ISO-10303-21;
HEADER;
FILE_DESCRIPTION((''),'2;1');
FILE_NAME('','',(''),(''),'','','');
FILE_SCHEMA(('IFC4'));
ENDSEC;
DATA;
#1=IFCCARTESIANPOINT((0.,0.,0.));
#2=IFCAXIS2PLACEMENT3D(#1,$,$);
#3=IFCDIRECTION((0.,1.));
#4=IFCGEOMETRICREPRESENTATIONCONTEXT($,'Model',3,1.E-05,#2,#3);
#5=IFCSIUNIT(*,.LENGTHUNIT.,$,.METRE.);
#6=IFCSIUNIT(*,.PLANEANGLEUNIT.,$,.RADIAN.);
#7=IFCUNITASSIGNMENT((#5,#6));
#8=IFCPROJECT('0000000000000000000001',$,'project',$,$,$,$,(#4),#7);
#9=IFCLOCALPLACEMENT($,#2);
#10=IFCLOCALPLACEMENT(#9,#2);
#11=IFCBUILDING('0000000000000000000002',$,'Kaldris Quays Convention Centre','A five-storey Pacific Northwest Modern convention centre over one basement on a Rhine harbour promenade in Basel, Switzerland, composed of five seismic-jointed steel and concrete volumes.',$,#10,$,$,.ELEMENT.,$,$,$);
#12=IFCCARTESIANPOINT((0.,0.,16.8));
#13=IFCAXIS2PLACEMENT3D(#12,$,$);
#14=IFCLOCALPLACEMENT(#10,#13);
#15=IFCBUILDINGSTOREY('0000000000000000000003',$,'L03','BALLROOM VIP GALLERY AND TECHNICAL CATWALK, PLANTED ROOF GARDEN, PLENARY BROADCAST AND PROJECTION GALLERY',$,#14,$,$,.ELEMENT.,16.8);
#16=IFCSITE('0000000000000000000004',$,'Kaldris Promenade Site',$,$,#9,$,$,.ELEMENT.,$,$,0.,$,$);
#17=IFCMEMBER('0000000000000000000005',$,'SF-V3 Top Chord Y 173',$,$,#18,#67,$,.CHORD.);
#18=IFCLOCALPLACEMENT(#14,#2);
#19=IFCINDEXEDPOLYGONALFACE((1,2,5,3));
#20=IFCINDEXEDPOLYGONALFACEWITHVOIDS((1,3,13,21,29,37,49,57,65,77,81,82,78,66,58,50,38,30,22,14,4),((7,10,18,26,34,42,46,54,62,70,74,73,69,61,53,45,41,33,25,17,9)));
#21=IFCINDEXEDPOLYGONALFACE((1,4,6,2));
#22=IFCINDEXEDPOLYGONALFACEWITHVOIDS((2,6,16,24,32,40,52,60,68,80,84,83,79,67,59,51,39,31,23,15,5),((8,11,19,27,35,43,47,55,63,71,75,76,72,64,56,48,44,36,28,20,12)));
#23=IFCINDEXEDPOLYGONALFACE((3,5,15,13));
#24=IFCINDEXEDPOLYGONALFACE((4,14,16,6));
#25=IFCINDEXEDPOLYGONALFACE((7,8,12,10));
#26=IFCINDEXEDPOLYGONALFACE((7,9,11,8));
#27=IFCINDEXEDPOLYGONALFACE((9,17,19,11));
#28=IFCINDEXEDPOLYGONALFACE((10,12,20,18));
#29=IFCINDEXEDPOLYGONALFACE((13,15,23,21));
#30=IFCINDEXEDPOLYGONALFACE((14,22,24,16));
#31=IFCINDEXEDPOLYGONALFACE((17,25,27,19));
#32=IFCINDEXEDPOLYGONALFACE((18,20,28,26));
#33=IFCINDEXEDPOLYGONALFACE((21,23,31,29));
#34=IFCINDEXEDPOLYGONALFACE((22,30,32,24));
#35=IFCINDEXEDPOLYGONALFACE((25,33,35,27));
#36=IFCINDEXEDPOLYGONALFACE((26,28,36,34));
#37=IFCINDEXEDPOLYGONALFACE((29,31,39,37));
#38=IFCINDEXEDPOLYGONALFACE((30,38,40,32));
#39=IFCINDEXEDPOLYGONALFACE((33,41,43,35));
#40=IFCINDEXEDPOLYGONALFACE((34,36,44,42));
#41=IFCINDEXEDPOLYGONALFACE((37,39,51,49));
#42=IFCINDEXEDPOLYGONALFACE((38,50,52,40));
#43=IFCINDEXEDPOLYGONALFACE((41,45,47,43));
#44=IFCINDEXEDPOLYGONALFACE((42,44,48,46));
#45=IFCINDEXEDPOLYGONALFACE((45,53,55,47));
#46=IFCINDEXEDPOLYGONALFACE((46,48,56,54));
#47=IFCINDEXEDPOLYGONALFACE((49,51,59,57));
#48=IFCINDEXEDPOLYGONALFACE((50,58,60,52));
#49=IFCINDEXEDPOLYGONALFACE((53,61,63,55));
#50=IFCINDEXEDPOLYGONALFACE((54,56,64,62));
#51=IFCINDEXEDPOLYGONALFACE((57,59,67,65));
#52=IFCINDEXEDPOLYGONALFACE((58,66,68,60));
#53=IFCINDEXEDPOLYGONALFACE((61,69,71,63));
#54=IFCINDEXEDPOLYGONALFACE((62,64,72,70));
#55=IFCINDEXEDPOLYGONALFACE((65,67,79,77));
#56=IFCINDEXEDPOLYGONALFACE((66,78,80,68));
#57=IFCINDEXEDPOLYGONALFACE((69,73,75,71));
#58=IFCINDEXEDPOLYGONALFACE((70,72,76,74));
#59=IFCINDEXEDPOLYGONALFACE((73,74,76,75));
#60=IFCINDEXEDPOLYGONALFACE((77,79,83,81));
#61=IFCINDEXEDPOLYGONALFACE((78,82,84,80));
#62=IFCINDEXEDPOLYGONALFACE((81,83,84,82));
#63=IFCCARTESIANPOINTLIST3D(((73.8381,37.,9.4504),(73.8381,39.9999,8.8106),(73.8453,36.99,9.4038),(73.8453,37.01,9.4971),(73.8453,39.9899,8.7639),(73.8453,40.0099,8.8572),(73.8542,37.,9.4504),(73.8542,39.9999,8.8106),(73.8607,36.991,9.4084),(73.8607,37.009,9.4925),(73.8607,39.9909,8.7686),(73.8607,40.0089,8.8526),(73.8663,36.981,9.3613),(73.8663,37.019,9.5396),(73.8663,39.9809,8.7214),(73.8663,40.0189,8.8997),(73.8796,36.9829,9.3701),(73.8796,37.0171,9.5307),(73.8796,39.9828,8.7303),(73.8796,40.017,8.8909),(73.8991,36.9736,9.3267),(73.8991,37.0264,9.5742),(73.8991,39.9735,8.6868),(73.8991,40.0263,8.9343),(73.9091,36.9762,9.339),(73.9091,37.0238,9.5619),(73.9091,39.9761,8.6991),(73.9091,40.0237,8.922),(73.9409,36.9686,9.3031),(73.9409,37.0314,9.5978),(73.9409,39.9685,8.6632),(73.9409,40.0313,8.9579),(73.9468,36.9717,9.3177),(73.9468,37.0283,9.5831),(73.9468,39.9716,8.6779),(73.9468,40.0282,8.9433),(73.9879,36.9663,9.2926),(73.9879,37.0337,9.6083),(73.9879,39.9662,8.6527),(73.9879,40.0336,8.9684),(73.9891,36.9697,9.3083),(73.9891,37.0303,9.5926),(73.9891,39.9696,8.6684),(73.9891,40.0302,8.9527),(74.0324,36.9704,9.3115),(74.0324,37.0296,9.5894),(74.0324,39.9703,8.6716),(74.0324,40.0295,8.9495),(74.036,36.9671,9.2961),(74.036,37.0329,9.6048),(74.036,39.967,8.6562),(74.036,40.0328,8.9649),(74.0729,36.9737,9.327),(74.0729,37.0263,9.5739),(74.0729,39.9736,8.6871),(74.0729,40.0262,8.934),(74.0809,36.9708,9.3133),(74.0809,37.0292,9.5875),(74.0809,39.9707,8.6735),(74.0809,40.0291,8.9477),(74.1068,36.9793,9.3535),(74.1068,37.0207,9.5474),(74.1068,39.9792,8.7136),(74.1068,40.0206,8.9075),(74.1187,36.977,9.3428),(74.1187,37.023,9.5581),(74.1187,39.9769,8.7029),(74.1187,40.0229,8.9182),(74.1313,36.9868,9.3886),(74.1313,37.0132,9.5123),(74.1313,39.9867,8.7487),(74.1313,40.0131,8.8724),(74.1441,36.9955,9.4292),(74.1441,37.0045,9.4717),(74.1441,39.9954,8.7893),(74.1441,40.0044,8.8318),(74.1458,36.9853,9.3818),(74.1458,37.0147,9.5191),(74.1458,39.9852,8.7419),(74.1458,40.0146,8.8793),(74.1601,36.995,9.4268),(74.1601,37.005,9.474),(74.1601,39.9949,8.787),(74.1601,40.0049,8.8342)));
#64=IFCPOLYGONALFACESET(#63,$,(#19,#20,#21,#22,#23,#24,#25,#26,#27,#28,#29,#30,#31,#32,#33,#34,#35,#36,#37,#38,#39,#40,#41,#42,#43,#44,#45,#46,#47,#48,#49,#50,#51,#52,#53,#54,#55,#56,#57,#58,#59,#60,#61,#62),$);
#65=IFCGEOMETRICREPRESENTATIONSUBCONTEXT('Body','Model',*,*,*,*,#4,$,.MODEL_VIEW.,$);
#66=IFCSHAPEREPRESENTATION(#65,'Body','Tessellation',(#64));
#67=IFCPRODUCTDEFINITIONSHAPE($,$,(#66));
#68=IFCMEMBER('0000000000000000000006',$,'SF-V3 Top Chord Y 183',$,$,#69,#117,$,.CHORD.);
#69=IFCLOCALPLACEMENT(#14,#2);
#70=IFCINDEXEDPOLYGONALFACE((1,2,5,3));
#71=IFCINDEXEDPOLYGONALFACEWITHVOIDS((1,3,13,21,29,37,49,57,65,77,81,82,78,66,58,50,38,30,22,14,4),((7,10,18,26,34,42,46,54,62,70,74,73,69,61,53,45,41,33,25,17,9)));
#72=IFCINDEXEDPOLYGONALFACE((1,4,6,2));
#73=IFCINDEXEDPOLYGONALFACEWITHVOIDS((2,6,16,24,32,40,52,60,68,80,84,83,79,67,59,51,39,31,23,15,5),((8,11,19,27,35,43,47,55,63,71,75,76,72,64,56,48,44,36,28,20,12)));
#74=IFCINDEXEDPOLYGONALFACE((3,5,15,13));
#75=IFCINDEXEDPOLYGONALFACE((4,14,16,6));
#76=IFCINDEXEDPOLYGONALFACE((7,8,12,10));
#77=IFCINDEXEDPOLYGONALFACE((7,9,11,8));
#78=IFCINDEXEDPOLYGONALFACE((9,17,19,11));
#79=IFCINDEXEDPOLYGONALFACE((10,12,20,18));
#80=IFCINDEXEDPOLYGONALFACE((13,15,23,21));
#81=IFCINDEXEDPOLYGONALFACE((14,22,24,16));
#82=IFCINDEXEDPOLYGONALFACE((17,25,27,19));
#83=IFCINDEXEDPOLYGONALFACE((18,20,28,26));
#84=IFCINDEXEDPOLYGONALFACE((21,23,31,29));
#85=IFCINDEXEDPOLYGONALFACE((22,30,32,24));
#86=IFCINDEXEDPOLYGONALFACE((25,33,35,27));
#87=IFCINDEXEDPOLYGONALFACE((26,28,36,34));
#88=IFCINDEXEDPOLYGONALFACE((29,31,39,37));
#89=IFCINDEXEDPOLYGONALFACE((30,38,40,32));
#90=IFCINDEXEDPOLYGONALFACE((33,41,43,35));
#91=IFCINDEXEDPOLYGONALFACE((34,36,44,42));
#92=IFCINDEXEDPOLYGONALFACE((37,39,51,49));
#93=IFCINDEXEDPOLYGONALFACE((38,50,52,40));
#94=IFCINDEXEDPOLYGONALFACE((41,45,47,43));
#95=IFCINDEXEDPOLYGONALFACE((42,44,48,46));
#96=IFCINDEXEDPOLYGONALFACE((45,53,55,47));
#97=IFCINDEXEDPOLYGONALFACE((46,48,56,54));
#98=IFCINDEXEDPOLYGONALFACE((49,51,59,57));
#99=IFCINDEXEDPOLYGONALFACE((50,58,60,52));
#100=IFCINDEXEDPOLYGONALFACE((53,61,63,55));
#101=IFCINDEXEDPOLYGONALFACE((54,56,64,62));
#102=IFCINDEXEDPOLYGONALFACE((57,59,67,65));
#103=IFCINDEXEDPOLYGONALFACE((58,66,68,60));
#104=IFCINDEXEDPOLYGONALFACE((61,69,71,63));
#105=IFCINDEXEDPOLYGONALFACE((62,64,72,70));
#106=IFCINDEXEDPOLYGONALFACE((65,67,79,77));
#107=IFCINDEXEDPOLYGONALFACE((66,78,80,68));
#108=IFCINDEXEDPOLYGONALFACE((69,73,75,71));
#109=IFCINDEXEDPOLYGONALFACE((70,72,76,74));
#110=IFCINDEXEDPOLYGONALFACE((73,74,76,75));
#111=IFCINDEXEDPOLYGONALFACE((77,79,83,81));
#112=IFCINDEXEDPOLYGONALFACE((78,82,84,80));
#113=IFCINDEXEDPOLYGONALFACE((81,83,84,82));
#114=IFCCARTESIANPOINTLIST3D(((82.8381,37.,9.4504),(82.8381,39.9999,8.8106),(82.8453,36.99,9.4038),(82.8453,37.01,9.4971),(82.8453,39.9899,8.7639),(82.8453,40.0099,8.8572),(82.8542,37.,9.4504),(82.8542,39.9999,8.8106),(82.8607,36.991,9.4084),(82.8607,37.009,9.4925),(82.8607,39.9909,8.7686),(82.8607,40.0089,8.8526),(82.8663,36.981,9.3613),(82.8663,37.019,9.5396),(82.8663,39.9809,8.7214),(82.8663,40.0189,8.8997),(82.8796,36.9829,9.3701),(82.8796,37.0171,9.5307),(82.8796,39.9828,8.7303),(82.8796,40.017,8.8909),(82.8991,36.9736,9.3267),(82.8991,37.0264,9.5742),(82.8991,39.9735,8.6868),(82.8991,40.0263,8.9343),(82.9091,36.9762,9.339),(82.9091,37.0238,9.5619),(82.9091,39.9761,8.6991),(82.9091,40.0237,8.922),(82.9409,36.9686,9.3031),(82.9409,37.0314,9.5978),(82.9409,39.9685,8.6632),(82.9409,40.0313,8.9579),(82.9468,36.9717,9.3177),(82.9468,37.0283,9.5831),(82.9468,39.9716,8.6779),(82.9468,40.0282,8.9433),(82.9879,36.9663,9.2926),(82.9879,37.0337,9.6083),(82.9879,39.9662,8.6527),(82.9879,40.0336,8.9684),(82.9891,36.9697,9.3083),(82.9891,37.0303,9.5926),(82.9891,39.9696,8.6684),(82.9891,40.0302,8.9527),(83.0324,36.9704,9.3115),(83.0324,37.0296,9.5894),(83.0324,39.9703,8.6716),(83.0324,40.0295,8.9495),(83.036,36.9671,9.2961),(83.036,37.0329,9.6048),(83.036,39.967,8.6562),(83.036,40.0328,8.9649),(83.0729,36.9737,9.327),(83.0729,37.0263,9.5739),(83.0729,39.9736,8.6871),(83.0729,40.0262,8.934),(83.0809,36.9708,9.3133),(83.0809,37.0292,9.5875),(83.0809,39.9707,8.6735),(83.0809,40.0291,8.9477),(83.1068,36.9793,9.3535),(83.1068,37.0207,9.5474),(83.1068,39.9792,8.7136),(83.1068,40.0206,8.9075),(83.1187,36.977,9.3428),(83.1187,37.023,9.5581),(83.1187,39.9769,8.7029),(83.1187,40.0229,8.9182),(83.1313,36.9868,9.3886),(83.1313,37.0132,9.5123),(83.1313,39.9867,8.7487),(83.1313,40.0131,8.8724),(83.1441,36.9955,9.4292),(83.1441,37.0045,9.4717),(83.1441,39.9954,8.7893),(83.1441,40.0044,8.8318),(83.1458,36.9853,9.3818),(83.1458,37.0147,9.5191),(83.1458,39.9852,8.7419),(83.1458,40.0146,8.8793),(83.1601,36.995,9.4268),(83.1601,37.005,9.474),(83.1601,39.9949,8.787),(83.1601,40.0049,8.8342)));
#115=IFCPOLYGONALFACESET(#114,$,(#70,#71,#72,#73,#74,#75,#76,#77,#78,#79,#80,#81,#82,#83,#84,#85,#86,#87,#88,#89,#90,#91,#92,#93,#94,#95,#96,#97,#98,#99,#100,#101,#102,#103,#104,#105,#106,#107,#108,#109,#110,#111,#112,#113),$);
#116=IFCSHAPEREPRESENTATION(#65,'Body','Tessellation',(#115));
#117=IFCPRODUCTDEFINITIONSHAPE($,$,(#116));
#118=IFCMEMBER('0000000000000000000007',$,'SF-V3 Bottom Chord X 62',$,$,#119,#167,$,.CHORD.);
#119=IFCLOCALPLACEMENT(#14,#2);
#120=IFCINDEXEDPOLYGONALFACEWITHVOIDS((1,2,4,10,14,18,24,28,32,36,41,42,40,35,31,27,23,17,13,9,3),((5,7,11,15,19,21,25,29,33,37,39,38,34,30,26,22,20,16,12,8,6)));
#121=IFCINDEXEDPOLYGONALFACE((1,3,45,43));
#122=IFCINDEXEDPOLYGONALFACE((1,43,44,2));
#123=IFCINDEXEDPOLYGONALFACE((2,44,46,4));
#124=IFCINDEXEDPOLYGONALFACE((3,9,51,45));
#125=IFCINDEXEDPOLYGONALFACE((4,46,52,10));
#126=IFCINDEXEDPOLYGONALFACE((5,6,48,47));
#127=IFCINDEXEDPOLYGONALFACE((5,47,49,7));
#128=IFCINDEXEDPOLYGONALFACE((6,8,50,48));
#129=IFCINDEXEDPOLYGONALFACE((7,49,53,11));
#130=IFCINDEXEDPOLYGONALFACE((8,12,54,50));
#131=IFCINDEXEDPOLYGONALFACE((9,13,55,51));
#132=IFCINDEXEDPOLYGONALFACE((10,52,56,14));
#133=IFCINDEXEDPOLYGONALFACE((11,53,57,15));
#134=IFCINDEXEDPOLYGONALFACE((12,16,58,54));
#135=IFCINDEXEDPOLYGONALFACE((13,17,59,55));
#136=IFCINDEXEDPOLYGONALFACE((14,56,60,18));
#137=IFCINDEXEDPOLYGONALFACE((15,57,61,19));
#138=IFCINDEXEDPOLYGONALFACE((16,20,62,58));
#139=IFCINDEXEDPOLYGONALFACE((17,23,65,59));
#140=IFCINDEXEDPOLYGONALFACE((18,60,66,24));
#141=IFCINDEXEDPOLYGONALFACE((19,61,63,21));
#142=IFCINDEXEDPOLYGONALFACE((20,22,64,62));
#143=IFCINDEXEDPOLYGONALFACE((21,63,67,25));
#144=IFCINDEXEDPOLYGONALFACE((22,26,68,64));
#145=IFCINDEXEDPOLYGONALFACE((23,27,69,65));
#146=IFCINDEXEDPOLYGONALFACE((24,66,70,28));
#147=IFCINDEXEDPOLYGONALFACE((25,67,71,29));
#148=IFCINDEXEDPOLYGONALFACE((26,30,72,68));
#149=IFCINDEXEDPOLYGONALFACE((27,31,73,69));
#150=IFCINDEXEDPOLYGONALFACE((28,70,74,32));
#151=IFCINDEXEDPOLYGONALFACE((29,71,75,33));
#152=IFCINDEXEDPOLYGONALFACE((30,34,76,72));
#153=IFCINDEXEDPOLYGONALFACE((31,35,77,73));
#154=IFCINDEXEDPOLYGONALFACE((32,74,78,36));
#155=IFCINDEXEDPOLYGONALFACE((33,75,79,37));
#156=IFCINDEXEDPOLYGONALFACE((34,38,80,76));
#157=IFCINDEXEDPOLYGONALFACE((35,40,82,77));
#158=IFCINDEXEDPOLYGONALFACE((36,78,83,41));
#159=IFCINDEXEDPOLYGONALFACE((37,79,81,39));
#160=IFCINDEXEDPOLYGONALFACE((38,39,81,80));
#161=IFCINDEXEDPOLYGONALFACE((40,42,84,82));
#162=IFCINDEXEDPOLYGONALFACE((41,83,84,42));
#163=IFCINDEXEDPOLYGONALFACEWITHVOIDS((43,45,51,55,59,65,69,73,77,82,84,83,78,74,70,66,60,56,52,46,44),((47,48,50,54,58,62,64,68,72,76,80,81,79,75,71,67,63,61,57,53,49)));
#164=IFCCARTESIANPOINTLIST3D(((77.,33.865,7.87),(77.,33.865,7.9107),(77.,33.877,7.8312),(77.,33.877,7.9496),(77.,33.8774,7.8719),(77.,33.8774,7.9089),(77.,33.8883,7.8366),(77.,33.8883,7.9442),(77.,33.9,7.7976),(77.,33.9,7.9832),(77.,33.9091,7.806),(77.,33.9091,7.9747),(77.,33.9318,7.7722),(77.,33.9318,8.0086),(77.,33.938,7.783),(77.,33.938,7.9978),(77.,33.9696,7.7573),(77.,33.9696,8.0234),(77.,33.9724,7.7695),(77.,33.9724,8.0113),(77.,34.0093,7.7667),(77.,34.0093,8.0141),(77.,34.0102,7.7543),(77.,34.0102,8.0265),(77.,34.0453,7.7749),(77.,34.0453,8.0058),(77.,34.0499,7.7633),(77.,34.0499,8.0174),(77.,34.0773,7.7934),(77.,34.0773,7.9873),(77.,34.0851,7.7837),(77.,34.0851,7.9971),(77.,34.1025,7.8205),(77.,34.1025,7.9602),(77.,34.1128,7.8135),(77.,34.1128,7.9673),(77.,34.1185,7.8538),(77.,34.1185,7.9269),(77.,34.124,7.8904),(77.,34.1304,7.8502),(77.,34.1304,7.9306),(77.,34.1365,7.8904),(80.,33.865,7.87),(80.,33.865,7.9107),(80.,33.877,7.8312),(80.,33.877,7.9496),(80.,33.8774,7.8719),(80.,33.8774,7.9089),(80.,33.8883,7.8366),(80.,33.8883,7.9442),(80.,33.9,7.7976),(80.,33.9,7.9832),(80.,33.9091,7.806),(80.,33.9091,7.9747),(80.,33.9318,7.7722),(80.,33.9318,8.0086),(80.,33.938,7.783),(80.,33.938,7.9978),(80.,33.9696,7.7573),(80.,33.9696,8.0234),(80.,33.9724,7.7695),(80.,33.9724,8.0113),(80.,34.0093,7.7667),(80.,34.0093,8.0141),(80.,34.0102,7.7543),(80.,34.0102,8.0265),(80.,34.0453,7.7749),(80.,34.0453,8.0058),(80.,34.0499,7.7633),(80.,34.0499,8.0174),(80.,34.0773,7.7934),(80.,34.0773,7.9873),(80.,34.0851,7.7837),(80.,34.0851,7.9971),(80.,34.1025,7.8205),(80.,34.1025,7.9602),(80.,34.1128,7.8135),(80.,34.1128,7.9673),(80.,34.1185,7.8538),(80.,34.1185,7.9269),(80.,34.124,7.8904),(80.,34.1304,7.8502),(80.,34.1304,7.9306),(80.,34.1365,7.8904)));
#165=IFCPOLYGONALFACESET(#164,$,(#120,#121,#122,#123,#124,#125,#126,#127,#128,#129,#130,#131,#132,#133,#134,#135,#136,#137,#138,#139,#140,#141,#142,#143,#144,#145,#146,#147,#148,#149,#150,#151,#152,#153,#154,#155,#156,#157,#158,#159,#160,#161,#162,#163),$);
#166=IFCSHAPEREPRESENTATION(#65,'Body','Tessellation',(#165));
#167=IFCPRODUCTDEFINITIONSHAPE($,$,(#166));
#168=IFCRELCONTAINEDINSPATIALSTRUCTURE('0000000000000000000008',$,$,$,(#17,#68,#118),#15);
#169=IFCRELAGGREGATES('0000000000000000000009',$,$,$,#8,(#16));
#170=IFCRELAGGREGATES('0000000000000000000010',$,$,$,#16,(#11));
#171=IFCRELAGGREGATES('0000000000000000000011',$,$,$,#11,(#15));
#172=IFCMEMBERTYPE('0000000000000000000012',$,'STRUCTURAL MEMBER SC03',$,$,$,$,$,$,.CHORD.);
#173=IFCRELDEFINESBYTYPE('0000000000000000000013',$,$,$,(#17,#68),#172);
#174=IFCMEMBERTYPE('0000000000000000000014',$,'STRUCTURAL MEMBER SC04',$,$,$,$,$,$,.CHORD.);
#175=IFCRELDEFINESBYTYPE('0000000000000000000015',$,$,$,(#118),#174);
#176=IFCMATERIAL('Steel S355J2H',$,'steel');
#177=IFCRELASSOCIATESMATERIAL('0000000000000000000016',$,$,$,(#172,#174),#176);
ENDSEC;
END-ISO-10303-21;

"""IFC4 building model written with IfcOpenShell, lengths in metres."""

from ifc_helpers import new_model, si_unit, direction, frame, origin, origin_2d, place, context, subcontext, project, spatial, hollow_circle, extrude, material, material_profile, profile_set, type_object, element, save


model = new_model("IFC4")

# Units and contexts
model_context = context("Model", 3, precision=1e-05, world=origin(), true_north=direction((0.0, 1.0)))
body_context = subcontext(model_context, "Body", "Model", "MODEL_VIEW")
ifc_project = project(units=[si_unit("LENGTHUNIT", "METRE"), si_unit("PLANEANGLEUNIT", "RADIAN")], contexts=[model_context])

# Site, building, storey
site_placement = place(None, origin())
site = spatial("IfcSite", under=ifc_project, at=site_placement, Name="Kaldris Promenade Site", CompositionType="ELEMENT", RefElevation=0.0)
building_placement = place(site_placement, origin())
building = spatial("IfcBuilding", under=site, at=building_placement, Name="Kaldris Quays Convention Centre", Description="A five-storey Pacific Northwest Modern convention centre over one basement on a Rhine harbour promenade in Basel, Switzerland, composed of five seismic-jointed steel and concrete volumes.", CompositionType="ELEMENT")
storey_placement = place(building_placement, frame((0.0, 0.0, 16.8)))
storey = spatial("IfcBuildingStorey", under=building, at=storey_placement, Name="L03", Description="BALLROOM VIP GALLERY AND TECHNICAL CATWALK, PLANTED ROOF GARDEN, PLENARY BROADCAST AND PROJECTION GALLERY", CompositionType="ELEMENT", Elevation=16.8)

# Members
ifc_material_1 = material(Name="Steel S355J2H", Category="steel")
ifc_material_profile_1 = material_profile(ifc_material_1, hollow_circle(Radius=0.1619, WallThickness=0.0161, at=origin_2d()), Name="CHS 323.9x16")
ifc_profile_set_1 = profile_set([ifc_material_profile_1], Name="Steel S355J2H")
member_type_1 = type_object("IfcMemberType", Name="STRUCTURAL MEMBER SC03", PredefinedType="CHORD", material=ifc_profile_set_1)
for number, where, z_axis, x_axis, name in (
    (1, (74.0, 37.0, 9.4504), (0.0, 0.978, -0.208605), (-1.0, 0.0, 0.0), "SF-V3 Top Chord Y 173"),
    (2, (83.0, 37.0, 9.4504), (0.0, 0.978, -0.208605), (-1.0, 0.0, 0.0), "SF-V3 Top Chord Y 183"),
):
    element("IfcMember", number, at=place(storey_placement, frame(where, z_axis=z_axis, x_axis=x_axis)), inside=storey, type_object=member_type_1, Name=name, PredefinedType="CHORD", context=body_context, shape_type="SweptSolid", body=[
        extrude(hollow_circle(Radius=0.1619, WallThickness=0.0161, at=origin_2d()), origin(), (0.0, 0.0, 1.0), 3.0674),
    ])
ifc_material_profile_2 = material_profile(ifc_material_1, hollow_circle(Radius=0.1365, WallThickness=0.0125, at=origin_2d()), Name="CHS 273x12.5")
ifc_profile_set_2 = profile_set([ifc_material_profile_2], Name="Steel S355J2H")
member_type_2 = type_object("IfcMemberType", Name="STRUCTURAL MEMBER SC04", PredefinedType="CHORD", material=ifc_profile_set_2)
for number, where, z_axis, x_axis, name in (
    (3, (77.0, 34.0, 7.8904), (1.0, 0.0, 0.0), (0.0, 1.0, 0.0), "SF-V3 Bottom Chord X 62"),
):
    element("IfcMember", number, at=place(storey_placement, frame(where, z_axis=z_axis, x_axis=x_axis)), inside=storey, type_object=member_type_2, Name=name, PredefinedType="CHORD", context=body_context, shape_type="SweptSolid", body=[
        extrude(hollow_circle(Radius=0.1365, WallThickness=0.0125, at=origin_2d()), origin(), (0.0, 0.0, 1.0), 3.0),
    ])

save(model, "model.ifc")
